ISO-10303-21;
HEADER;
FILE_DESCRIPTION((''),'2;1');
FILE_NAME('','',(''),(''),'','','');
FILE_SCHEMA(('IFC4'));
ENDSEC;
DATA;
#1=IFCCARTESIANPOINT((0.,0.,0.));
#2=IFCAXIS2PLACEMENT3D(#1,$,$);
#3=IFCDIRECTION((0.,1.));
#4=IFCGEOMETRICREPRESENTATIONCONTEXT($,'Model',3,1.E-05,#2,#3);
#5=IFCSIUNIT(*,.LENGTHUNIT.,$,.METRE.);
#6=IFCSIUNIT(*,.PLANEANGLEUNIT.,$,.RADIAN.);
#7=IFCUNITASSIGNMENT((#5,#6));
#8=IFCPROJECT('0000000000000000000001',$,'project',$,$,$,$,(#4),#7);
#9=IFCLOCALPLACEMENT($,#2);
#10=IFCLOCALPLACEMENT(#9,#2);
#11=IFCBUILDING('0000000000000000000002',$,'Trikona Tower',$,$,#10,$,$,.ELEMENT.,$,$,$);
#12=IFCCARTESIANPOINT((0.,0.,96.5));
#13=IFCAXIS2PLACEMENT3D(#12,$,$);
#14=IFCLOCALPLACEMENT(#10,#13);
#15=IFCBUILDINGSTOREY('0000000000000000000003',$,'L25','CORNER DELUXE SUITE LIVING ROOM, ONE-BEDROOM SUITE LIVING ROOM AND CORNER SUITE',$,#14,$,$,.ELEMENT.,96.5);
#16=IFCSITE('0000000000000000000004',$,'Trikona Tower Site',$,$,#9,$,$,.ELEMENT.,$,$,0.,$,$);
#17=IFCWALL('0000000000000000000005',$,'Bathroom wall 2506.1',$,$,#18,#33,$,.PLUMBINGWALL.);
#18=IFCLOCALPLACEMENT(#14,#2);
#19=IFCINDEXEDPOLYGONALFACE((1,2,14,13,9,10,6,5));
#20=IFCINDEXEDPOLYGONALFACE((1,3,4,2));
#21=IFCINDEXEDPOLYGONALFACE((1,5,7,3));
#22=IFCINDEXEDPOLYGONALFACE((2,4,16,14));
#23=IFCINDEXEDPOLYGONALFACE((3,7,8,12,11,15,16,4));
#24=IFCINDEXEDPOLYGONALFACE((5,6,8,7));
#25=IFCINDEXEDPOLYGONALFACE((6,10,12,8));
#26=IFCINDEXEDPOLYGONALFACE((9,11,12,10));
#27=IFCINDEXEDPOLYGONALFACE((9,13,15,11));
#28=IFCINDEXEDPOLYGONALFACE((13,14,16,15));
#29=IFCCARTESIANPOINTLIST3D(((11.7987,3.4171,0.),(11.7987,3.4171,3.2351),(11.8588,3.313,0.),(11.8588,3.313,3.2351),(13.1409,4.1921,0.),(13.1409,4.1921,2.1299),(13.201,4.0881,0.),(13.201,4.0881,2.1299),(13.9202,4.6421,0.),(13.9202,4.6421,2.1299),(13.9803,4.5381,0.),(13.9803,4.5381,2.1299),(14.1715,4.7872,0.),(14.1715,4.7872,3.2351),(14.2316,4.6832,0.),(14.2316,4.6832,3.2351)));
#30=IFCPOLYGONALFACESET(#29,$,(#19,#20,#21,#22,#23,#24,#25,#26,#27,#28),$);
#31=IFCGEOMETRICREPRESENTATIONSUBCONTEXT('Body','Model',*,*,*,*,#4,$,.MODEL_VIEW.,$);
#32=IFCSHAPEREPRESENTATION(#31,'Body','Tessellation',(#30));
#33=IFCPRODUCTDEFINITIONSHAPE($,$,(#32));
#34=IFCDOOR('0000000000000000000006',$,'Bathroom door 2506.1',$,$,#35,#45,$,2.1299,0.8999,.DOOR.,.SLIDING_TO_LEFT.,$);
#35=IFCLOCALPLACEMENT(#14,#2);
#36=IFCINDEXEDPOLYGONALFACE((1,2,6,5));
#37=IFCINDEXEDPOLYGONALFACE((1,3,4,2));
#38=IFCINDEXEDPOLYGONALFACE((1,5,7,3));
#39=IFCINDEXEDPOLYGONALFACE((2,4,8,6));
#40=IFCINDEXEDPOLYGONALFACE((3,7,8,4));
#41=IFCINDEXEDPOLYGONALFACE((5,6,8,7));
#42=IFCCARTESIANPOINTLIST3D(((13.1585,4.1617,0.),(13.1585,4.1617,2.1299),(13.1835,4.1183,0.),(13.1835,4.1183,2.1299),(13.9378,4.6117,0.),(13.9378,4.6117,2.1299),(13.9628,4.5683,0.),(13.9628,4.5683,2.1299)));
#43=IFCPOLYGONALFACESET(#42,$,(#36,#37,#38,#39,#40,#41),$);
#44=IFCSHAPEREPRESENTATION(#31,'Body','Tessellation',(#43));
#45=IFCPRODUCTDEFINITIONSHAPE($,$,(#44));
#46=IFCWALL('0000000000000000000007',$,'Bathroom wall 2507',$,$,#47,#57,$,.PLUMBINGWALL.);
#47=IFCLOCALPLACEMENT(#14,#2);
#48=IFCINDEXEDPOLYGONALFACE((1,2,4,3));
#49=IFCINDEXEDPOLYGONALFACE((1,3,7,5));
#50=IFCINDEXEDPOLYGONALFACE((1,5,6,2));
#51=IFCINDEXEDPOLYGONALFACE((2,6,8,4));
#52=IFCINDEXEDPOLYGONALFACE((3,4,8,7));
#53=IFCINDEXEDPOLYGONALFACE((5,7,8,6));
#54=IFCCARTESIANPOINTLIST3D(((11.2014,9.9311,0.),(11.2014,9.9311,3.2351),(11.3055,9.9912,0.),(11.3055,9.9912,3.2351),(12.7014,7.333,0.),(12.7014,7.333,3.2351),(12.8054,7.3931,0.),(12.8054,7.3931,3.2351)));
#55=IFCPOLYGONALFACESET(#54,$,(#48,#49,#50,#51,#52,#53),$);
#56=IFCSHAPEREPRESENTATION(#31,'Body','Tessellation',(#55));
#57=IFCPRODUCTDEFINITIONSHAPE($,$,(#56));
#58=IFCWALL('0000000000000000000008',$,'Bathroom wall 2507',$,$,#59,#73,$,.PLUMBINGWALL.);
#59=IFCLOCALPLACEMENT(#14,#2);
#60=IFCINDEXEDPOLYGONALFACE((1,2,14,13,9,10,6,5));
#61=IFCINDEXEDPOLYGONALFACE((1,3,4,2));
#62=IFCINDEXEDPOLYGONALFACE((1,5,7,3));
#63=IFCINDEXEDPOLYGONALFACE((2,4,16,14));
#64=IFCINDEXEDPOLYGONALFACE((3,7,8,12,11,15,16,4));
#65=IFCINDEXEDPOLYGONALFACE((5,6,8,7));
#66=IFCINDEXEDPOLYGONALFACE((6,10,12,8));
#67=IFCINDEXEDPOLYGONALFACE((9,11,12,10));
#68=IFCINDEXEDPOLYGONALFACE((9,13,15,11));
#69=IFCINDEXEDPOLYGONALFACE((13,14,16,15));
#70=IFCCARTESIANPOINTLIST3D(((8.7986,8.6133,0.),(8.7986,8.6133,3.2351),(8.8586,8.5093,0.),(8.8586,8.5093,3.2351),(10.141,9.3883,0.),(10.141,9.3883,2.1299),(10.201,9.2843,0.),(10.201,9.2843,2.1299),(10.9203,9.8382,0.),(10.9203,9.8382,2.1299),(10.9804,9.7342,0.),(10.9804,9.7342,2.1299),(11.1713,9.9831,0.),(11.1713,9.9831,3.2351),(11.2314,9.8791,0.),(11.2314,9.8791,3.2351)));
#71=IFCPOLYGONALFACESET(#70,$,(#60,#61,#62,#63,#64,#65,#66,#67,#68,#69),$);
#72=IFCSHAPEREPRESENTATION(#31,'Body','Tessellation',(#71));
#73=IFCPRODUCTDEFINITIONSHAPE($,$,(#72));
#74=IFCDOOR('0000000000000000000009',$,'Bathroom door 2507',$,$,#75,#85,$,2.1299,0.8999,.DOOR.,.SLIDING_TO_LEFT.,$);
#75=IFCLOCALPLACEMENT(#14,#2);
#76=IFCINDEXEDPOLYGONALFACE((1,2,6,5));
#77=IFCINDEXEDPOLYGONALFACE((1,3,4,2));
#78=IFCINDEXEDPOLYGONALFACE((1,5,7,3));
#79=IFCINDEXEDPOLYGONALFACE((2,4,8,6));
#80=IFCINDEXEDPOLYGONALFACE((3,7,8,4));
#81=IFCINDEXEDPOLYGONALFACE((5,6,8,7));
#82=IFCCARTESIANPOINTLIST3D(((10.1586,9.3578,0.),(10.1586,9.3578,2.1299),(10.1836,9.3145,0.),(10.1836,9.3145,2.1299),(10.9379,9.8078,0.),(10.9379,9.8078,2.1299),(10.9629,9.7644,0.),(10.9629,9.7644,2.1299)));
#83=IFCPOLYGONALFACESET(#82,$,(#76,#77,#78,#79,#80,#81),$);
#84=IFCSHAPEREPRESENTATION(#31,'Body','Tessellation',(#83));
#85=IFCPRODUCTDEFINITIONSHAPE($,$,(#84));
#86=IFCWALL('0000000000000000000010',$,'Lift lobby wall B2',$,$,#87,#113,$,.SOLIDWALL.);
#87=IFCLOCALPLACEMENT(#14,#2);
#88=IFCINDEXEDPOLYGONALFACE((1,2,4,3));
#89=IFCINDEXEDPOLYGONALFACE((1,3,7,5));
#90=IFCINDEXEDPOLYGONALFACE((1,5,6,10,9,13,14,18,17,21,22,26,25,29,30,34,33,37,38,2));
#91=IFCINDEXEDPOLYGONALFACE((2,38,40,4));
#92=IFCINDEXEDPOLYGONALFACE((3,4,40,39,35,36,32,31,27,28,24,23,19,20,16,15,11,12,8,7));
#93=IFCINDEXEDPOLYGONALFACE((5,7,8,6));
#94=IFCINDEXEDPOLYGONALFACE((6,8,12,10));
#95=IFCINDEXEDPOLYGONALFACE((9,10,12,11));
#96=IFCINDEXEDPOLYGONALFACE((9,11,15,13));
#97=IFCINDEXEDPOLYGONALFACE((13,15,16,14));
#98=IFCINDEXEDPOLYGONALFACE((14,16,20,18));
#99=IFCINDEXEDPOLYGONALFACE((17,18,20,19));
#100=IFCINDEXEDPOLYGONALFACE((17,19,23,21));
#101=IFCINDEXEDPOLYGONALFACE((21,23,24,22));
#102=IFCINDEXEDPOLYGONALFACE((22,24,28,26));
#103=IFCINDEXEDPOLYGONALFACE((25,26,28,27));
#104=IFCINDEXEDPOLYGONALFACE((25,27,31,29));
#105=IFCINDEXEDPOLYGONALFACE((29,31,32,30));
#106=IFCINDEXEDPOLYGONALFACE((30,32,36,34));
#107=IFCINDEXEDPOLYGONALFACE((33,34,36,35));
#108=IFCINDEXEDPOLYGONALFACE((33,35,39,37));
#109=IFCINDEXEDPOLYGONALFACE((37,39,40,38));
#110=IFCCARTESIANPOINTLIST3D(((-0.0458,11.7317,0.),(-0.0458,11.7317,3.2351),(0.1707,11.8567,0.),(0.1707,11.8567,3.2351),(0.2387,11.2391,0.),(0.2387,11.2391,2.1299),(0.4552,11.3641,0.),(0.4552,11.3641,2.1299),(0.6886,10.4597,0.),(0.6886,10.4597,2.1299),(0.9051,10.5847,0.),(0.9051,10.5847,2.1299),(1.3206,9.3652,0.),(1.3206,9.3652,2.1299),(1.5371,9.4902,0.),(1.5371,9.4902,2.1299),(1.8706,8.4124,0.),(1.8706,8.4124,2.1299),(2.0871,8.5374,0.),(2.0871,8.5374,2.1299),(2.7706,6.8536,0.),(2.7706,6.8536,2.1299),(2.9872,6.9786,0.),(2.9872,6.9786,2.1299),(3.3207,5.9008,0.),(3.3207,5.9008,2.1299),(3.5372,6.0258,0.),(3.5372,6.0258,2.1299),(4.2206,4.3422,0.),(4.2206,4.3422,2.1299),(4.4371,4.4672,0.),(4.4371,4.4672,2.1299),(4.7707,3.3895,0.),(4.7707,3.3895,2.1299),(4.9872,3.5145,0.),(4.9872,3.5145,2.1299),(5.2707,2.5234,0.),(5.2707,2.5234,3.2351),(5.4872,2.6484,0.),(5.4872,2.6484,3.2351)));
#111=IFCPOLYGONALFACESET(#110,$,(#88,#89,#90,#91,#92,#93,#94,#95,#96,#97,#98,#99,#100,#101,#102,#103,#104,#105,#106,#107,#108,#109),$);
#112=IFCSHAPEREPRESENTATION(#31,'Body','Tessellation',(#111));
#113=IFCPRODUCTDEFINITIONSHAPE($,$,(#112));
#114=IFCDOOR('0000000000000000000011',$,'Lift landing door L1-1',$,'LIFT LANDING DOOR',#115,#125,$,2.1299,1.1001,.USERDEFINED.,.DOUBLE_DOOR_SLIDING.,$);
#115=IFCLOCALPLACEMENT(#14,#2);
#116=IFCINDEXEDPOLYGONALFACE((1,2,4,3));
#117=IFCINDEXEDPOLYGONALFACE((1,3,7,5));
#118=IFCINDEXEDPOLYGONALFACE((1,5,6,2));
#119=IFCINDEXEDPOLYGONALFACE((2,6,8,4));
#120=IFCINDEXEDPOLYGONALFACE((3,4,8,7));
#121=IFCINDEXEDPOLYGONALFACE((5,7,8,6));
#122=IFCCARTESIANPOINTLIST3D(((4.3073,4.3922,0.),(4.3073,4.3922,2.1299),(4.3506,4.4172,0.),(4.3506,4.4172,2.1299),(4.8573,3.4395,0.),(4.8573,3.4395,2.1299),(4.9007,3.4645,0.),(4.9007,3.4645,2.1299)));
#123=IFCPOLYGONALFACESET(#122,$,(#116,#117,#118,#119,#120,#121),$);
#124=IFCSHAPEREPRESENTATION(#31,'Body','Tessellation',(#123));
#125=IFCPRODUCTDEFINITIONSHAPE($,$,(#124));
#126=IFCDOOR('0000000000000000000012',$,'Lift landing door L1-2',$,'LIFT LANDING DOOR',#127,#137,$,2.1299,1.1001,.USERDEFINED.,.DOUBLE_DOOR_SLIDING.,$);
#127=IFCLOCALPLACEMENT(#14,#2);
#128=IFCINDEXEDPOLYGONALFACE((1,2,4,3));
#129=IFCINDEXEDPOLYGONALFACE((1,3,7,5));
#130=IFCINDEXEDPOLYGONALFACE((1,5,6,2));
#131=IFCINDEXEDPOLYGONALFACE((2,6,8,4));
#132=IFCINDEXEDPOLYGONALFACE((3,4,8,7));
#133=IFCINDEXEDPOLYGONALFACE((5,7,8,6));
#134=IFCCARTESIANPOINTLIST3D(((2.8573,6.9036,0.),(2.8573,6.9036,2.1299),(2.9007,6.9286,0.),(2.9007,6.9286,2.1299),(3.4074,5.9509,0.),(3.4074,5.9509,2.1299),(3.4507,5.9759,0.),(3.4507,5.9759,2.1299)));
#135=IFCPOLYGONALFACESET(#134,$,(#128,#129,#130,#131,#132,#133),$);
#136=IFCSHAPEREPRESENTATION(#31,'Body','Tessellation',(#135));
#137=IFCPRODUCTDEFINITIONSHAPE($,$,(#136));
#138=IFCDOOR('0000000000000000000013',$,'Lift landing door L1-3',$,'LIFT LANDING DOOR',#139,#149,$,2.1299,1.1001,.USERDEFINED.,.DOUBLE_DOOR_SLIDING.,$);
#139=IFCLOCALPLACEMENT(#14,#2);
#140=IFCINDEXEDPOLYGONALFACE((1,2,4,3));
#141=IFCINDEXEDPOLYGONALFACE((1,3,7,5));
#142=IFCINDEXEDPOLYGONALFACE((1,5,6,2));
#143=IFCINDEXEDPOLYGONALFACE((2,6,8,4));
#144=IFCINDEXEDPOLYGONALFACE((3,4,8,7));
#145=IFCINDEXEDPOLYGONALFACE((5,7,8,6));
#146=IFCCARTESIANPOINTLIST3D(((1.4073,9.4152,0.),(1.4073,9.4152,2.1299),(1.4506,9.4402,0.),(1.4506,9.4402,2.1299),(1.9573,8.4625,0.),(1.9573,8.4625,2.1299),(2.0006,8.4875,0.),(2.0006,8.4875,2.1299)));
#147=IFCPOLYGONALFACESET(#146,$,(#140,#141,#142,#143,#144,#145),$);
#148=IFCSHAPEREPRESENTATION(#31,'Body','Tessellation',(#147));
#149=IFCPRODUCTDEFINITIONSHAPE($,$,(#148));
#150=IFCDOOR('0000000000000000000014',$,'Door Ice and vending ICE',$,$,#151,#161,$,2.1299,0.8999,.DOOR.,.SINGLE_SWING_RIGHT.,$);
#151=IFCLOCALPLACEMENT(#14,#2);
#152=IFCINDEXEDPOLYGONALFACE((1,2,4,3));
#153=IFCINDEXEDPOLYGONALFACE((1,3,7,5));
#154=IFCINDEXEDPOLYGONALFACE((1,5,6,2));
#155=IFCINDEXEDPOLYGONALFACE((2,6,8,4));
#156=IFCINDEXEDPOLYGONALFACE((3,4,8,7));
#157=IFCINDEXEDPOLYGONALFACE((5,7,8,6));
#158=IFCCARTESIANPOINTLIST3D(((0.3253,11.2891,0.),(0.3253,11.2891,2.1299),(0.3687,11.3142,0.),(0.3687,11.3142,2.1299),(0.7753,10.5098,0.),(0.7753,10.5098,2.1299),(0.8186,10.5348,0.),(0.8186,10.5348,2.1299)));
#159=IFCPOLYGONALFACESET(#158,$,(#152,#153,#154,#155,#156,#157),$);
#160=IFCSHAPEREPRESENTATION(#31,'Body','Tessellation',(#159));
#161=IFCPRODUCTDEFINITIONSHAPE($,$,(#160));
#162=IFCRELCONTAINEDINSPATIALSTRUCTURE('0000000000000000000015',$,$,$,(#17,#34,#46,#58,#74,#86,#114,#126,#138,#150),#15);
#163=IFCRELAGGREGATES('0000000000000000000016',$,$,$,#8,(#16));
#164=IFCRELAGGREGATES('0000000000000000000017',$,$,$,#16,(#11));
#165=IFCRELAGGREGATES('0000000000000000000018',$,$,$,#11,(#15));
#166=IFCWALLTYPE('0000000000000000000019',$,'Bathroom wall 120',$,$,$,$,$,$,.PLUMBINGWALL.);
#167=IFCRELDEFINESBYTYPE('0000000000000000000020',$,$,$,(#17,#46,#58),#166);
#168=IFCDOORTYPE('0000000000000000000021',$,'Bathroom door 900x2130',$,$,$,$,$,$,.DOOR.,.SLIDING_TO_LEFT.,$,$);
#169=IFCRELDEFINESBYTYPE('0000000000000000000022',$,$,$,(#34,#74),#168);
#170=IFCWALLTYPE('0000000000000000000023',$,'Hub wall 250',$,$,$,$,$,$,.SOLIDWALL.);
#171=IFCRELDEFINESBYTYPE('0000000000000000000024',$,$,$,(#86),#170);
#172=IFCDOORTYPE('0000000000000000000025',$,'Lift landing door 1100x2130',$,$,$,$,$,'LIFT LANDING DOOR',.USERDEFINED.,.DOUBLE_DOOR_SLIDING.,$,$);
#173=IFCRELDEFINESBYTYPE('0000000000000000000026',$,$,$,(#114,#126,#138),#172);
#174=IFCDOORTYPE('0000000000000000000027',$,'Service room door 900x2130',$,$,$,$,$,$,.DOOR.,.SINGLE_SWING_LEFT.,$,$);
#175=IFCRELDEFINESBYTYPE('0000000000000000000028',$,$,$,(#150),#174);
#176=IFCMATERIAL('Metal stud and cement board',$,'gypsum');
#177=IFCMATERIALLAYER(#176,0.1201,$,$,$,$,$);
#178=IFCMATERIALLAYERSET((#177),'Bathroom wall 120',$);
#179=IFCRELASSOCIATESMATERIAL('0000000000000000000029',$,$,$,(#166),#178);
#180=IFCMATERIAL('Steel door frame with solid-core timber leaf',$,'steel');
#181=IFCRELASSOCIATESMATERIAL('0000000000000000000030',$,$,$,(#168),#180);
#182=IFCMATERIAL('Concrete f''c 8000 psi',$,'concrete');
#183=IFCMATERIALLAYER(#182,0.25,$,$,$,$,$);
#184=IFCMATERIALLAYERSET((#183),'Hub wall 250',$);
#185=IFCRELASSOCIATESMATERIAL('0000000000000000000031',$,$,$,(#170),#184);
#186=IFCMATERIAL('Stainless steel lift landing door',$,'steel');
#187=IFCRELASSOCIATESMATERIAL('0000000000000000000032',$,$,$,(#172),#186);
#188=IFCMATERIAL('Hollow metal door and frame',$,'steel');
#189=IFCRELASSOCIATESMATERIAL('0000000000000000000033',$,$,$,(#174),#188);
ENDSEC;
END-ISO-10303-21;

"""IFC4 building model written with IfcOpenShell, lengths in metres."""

from ifc_helpers import new_model, si_unit, direction, frame, frame_2d, origin, place, context, subcontext, project, spatial, rectangle, extrude, material, layer, layer_set, type_object, element, fill, save


model = new_model("IFC4")

# Units and contexts
model_context = context("Model", 3, precision=1e-05, world=origin(), true_north=direction((0.0, 1.0)))
body_context = subcontext(model_context, "Body", "Model", "MODEL_VIEW")
ifc_project = project(units=[si_unit("LENGTHUNIT", "METRE"), si_unit("PLANEANGLEUNIT", "RADIAN")], contexts=[model_context])

# Site, building, storey
site_placement = place(None, origin())
site = spatial("IfcSite", under=ifc_project, at=site_placement, Name="Trikona Tower Site", CompositionType="ELEMENT", RefElevation=0.0)
building_placement = place(site_placement, origin())
building = spatial("IfcBuilding", under=site, at=building_placement, Name="Trikona Tower", CompositionType="ELEMENT")
storey_placement = place(building_placement, frame((0.0, 0.0, 96.5)))
storey = spatial("IfcBuildingStorey", under=building, at=storey_placement, Name="L25", Description="CORNER DELUXE SUITE LIVING ROOM, ONE-BEDROOM SUITE LIVING ROOM AND CORNER SUITE", CompositionType="ELEMENT", Elevation=96.5)

# Shared definitions
ifc_material_1 = material(Name="Metal stud and cement board", Category="gypsum")
ifc_layer_1 = layer(ifc_material_1, 0.1201)
ifc_layer_set_1 = layer_set([ifc_layer_1], Name="Bathroom wall 120")
wall_type_1 = type_object("IfcWallType", Name="Bathroom wall 120", PredefinedType="PLUMBINGWALL", material=ifc_layer_set_1)

# Wall, opening, door
wall_1_placement = place(storey_placement, frame((11.8286, 3.365, 0.0), z_axis=(0.0, 0.0, 1.0), x_axis=(0.865997, 0.500049, 0.0)))
wall_1 = element("IfcWall", 1, at=wall_1_placement, inside=storey, type_object=wall_type_1, Name="Bathroom wall 2506.1", PredefinedType="PLUMBINGWALL", context=body_context, shape_type="SweptSolid", body=[
    extrude(rectangle(XDim=2.74, YDim=0.1201, at=frame_2d((1.3701, 0.0))), origin(), (0.0, 0.0, 1.0), 3.2351),
])
opening_1_placement = place(wall_1_placement, frame((1.55, 0.0, 0.0)))
opening_1 = element("IfcOpeningElement", 2, at=opening_1_placement, cuts=wall_1, PredefinedType="OPENING", context=body_context, shape_type="SweptSolid", body=[
    extrude(rectangle(XDim=0.8999, YDim=2.1299, at=frame_2d((0.45, 1.0649))), frame((0.0, 0.0701, 0.0), z_axis=(0.0, -1.0, 0.0), x_axis=(1.0, 0.0, 0.0)), (0.0, 0.0, 1.0), 0.1401),
])
ifc_material_2 = material(Name="Steel door frame with solid-core timber leaf", Category="steel")
door_type_1 = type_object("IfcDoorType", Name="Bathroom door 900x2130", OperationType="SLIDING_TO_LEFT", PredefinedType="DOOR", material=ifc_material_2)
door_1_placement = place(opening_1_placement, origin())
door_1 = element("IfcDoor", 3, at=door_1_placement, inside=storey, type_object=door_type_1, Name="Bathroom door 2506.1", OperationType="SLIDING_TO_LEFT", OverallHeight=2.1299, OverallWidth=0.8999, PredefinedType="DOOR", context=body_context, shape_type="SweptSolid", body=[
    extrude(rectangle(XDim=0.8999, YDim=2.1299, at=frame_2d((0.45, 1.0649))), frame((0.0, 0.0249, 0.0), z_axis=(0.0, -1.0, 0.0), x_axis=(1.0, 0.0, 0.0)), (0.0, 0.0, 1.0), 0.05),
])
fill(opening_1, door_1)

# Wall
wall_2_placement = place(storey_placement, frame((12.7534, 7.363, 0.0), z_axis=(0.0, 0.0, 1.0), x_axis=(-0.49999, 0.866031, 0.0)))
element("IfcWall", 4, at=wall_2_placement, inside=storey, type_object=wall_type_1, Name="Bathroom wall 2507", PredefinedType="PLUMBINGWALL", context=body_context, shape_type="SweptSolid", body=[
    extrude(rectangle(XDim=3.0, YDim=0.1201, at=frame_2d((1.5, 0.0))), origin(), (0.0, 0.0, 1.0), 3.2351),
])

# Wall, opening, door
wall_3_placement = place(storey_placement, frame((8.8286, 8.5613, 0.0), z_axis=(0.0, 0.0, 1.0), x_axis=(0.866036, 0.499982, 0.0)))
wall_3 = element("IfcWall", 5, at=wall_3_placement, inside=storey, type_object=wall_type_1, Name="Bathroom wall 2507", PredefinedType="PLUMBINGWALL", context=body_context, shape_type="SweptSolid", body=[
    extrude(rectangle(XDim=2.7397, YDim=0.1201, at=frame_2d((1.3699, 0.0))), origin(), (0.0, 0.0, 1.0), 3.2351),
])
opening_2_placement = place(wall_3_placement, frame((1.55, 0.0, 0.0)))
opening_2 = element("IfcOpeningElement", 6, at=opening_2_placement, cuts=wall_3, PredefinedType="OPENING", context=body_context, shape_type="SweptSolid", body=[
    extrude(rectangle(XDim=0.8999, YDim=2.1299, at=frame_2d((0.45, 1.0649))), frame((0.0, 0.0701, 0.0), z_axis=(0.0, -1.0, 0.0), x_axis=(1.0, 0.0, 0.0)), (0.0, 0.0, 1.0), 0.1401),
])
door_2_placement = place(opening_2_placement, origin())
door_2 = element("IfcDoor", 7, at=door_2_placement, inside=storey, type_object=door_type_1, Name="Bathroom door 2507", OperationType="SLIDING_TO_LEFT", OverallHeight=2.1299, OverallWidth=0.8999, PredefinedType="DOOR", context=body_context, shape_type="SweptSolid", body=[
    extrude(rectangle(XDim=0.8999, YDim=2.1299, at=frame_2d((0.45, 1.0649))), frame((0.0, 0.0249, 0.0), z_axis=(0.0, -1.0, 0.0), x_axis=(1.0, 0.0, 0.0)), (0.0, 0.0, 1.0), 0.05),
])
fill(opening_2, door_2)

# Wall, openings, doors
ifc_material_3 = material(Name="Concrete f'c 8000 psi", Category="concrete")
ifc_layer_2 = layer(ifc_material_3, 0.25)
ifc_layer_set_2 = layer_set([ifc_layer_2], Name="Hub wall 250")
wall_type_2 = type_object("IfcWallType", Name="Hub wall 250", PredefinedType="SOLIDWALL", material=ifc_layer_set_2)
wall_4_placement = place(storey_placement, frame((5.3789, 2.5859, 0.0), z_axis=(0.0, 0.0, 1.0), x_axis=(-0.500001, 0.866025, 0.0)))
wall_4 = element("IfcWall", 8, at=wall_4_placement, inside=storey, type_object=wall_type_2, Name="Lift lobby wall B2", PredefinedType="SOLIDWALL", context=body_context, shape_type="SweptSolid", body=[
    extrude(rectangle(XDim=10.6328, YDim=0.25, at=frame_2d((5.3164, 0.0))), origin(), (0.0, 0.0, 1.0), 3.2351),
])
opening_3_placement = place(wall_4_placement, frame((9.1641, 0.0, 0.0)))
opening_3 = element("IfcOpeningElement", 9, at=opening_3_placement, cuts=wall_4, PredefinedType="OPENING", context=body_context, shape_type="SweptSolid", body=[
    extrude(rectangle(XDim=0.8999, YDim=2.1299, at=frame_2d((0.45, 1.0649))), frame((0.0, 0.135, 0.0), z_axis=(0.0, -1.0, 0.0), x_axis=(1.0, 0.0, 0.0)), (0.0, 0.0, 1.0), 0.27),
])
opening_4_placement = place(wall_4_placement, frame((1.0, 0.0, 0.0)))
opening_4 = element("IfcOpeningElement", 10, at=opening_4_placement, cuts=wall_4, PredefinedType="OPENING", context=body_context, shape_type="SweptSolid", body=[
    extrude(rectangle(XDim=1.1001, YDim=2.1299, at=frame_2d((0.55, 1.0649))), frame((0.0, 0.135, 0.0), z_axis=(0.0, -1.0, 0.0), x_axis=(1.0, 0.0, 0.0)), (0.0, 0.0, 1.0), 0.27),
])
opening_5_placement = place(wall_4_placement, frame((3.8999, 0.0, 0.0)))
opening_5 = element("IfcOpeningElement", 11, at=opening_5_placement, cuts=wall_4, PredefinedType="OPENING", context=body_context, shape_type="SweptSolid", body=[
    extrude(rectangle(XDim=1.1001, YDim=2.1299, at=frame_2d((0.55, 1.0649))), frame((0.0, 0.135, 0.0), z_axis=(0.0, -1.0, 0.0), x_axis=(1.0, 0.0, 0.0)), (0.0, 0.0, 1.0), 0.27),
])
opening_6_placement = place(wall_4_placement, frame((6.8, 0.0, 0.0)))
opening_6 = element("IfcOpeningElement", 12, at=opening_6_placement, cuts=wall_4, PredefinedType="OPENING", context=body_context, shape_type="SweptSolid", body=[
    extrude(rectangle(XDim=1.1001, YDim=2.1299, at=frame_2d((0.55, 1.0649))), frame((0.0, 0.135, 0.0), z_axis=(0.0, -1.0, 0.0), x_axis=(1.0, 0.0, 0.0)), (0.0, 0.0, 1.0), 0.27),
])
ifc_material_4 = material(Name="Stainless steel lift landing door", Category="steel")
door_type_2 = type_object("IfcDoorType", Name="Lift landing door 1100x2130", ElementType="LIFT LANDING DOOR", OperationType="DOUBLE_DOOR_SLIDING", PredefinedType="USERDEFINED", material=ifc_material_4)
door_3_placement = place(opening_4_placement, origin())
door_3 = element("IfcDoor", 13, at=door_3_placement, inside=storey, type_object=door_type_2, Name="Lift landing door L1-1", ObjectType="LIFT LANDING DOOR", OperationType="DOUBLE_DOOR_SLIDING", OverallHeight=2.1299, OverallWidth=1.1001, PredefinedType="USERDEFINED", context=body_context, shape_type="SweptSolid", body=[
    extrude(rectangle(XDim=1.1001, YDim=2.1299, at=frame_2d((0.55, 1.0649))), frame((0.0, 0.0249, 0.0), z_axis=(0.0, -1.0, 0.0), x_axis=(1.0, 0.0, 0.0)), (0.0, 0.0, 1.0), 0.05),
])
fill(opening_4, door_3)
door_4_placement = place(opening_5_placement, origin())
door_4 = element("IfcDoor", 14, at=door_4_placement, inside=storey, type_object=door_type_2, Name="Lift landing door L1-2", ObjectType="LIFT LANDING DOOR", OperationType="DOUBLE_DOOR_SLIDING", OverallHeight=2.1299, OverallWidth=1.1001, PredefinedType="USERDEFINED", context=body_context, shape_type="SweptSolid", body=[
    extrude(rectangle(XDim=1.1001, YDim=2.1299, at=frame_2d((0.55, 1.0649))), frame((0.0, 0.0249, 0.0), z_axis=(0.0, -1.0, 0.0), x_axis=(1.0, 0.0, 0.0)), (0.0, 0.0, 1.0), 0.05),
])
fill(opening_5, door_4)
door_5_placement = place(opening_6_placement, origin())
door_5 = element("IfcDoor", 15, at=door_5_placement, inside=storey, type_object=door_type_2, Name="Lift landing door L1-3", ObjectType="LIFT LANDING DOOR", OperationType="DOUBLE_DOOR_SLIDING", OverallHeight=2.1299, OverallWidth=1.1001, PredefinedType="USERDEFINED", context=body_context, shape_type="SweptSolid", body=[
    extrude(rectangle(XDim=1.1001, YDim=2.1299, at=frame_2d((0.55, 1.0649))), frame((0.0, 0.0249, 0.0), z_axis=(0.0, -1.0, 0.0), x_axis=(1.0, 0.0, 0.0)), (0.0, 0.0, 1.0), 0.05),
])
fill(opening_6, door_5)
ifc_material_5 = material(Name="Hollow metal door and frame", Category="steel")
door_type_3 = type_object("IfcDoorType", Name="Service room door 900x2130", OperationType="SINGLE_SWING_LEFT", PredefinedType="DOOR", material=ifc_material_5)
door_6_placement = place(opening_3_placement, origin())
door_6 = element("IfcDoor", 16, at=door_6_placement, inside=storey, type_object=door_type_3, Name="Door Ice and vending ICE", OperationType="SINGLE_SWING_RIGHT", OverallHeight=2.1299, OverallWidth=0.8999, PredefinedType="DOOR", context=body_context, shape_type="SweptSolid", body=[
    extrude(rectangle(XDim=0.8999, YDim=2.1299, at=frame_2d((0.45, 1.0649))), frame((0.0, 0.0249, 0.0), z_axis=(0.0, -1.0, 0.0), x_axis=(1.0, 0.0, 0.0)), (0.0, 0.0, 1.0), 0.05),
])
fill(opening_3, door_6)

save(model, "model.ifc")
